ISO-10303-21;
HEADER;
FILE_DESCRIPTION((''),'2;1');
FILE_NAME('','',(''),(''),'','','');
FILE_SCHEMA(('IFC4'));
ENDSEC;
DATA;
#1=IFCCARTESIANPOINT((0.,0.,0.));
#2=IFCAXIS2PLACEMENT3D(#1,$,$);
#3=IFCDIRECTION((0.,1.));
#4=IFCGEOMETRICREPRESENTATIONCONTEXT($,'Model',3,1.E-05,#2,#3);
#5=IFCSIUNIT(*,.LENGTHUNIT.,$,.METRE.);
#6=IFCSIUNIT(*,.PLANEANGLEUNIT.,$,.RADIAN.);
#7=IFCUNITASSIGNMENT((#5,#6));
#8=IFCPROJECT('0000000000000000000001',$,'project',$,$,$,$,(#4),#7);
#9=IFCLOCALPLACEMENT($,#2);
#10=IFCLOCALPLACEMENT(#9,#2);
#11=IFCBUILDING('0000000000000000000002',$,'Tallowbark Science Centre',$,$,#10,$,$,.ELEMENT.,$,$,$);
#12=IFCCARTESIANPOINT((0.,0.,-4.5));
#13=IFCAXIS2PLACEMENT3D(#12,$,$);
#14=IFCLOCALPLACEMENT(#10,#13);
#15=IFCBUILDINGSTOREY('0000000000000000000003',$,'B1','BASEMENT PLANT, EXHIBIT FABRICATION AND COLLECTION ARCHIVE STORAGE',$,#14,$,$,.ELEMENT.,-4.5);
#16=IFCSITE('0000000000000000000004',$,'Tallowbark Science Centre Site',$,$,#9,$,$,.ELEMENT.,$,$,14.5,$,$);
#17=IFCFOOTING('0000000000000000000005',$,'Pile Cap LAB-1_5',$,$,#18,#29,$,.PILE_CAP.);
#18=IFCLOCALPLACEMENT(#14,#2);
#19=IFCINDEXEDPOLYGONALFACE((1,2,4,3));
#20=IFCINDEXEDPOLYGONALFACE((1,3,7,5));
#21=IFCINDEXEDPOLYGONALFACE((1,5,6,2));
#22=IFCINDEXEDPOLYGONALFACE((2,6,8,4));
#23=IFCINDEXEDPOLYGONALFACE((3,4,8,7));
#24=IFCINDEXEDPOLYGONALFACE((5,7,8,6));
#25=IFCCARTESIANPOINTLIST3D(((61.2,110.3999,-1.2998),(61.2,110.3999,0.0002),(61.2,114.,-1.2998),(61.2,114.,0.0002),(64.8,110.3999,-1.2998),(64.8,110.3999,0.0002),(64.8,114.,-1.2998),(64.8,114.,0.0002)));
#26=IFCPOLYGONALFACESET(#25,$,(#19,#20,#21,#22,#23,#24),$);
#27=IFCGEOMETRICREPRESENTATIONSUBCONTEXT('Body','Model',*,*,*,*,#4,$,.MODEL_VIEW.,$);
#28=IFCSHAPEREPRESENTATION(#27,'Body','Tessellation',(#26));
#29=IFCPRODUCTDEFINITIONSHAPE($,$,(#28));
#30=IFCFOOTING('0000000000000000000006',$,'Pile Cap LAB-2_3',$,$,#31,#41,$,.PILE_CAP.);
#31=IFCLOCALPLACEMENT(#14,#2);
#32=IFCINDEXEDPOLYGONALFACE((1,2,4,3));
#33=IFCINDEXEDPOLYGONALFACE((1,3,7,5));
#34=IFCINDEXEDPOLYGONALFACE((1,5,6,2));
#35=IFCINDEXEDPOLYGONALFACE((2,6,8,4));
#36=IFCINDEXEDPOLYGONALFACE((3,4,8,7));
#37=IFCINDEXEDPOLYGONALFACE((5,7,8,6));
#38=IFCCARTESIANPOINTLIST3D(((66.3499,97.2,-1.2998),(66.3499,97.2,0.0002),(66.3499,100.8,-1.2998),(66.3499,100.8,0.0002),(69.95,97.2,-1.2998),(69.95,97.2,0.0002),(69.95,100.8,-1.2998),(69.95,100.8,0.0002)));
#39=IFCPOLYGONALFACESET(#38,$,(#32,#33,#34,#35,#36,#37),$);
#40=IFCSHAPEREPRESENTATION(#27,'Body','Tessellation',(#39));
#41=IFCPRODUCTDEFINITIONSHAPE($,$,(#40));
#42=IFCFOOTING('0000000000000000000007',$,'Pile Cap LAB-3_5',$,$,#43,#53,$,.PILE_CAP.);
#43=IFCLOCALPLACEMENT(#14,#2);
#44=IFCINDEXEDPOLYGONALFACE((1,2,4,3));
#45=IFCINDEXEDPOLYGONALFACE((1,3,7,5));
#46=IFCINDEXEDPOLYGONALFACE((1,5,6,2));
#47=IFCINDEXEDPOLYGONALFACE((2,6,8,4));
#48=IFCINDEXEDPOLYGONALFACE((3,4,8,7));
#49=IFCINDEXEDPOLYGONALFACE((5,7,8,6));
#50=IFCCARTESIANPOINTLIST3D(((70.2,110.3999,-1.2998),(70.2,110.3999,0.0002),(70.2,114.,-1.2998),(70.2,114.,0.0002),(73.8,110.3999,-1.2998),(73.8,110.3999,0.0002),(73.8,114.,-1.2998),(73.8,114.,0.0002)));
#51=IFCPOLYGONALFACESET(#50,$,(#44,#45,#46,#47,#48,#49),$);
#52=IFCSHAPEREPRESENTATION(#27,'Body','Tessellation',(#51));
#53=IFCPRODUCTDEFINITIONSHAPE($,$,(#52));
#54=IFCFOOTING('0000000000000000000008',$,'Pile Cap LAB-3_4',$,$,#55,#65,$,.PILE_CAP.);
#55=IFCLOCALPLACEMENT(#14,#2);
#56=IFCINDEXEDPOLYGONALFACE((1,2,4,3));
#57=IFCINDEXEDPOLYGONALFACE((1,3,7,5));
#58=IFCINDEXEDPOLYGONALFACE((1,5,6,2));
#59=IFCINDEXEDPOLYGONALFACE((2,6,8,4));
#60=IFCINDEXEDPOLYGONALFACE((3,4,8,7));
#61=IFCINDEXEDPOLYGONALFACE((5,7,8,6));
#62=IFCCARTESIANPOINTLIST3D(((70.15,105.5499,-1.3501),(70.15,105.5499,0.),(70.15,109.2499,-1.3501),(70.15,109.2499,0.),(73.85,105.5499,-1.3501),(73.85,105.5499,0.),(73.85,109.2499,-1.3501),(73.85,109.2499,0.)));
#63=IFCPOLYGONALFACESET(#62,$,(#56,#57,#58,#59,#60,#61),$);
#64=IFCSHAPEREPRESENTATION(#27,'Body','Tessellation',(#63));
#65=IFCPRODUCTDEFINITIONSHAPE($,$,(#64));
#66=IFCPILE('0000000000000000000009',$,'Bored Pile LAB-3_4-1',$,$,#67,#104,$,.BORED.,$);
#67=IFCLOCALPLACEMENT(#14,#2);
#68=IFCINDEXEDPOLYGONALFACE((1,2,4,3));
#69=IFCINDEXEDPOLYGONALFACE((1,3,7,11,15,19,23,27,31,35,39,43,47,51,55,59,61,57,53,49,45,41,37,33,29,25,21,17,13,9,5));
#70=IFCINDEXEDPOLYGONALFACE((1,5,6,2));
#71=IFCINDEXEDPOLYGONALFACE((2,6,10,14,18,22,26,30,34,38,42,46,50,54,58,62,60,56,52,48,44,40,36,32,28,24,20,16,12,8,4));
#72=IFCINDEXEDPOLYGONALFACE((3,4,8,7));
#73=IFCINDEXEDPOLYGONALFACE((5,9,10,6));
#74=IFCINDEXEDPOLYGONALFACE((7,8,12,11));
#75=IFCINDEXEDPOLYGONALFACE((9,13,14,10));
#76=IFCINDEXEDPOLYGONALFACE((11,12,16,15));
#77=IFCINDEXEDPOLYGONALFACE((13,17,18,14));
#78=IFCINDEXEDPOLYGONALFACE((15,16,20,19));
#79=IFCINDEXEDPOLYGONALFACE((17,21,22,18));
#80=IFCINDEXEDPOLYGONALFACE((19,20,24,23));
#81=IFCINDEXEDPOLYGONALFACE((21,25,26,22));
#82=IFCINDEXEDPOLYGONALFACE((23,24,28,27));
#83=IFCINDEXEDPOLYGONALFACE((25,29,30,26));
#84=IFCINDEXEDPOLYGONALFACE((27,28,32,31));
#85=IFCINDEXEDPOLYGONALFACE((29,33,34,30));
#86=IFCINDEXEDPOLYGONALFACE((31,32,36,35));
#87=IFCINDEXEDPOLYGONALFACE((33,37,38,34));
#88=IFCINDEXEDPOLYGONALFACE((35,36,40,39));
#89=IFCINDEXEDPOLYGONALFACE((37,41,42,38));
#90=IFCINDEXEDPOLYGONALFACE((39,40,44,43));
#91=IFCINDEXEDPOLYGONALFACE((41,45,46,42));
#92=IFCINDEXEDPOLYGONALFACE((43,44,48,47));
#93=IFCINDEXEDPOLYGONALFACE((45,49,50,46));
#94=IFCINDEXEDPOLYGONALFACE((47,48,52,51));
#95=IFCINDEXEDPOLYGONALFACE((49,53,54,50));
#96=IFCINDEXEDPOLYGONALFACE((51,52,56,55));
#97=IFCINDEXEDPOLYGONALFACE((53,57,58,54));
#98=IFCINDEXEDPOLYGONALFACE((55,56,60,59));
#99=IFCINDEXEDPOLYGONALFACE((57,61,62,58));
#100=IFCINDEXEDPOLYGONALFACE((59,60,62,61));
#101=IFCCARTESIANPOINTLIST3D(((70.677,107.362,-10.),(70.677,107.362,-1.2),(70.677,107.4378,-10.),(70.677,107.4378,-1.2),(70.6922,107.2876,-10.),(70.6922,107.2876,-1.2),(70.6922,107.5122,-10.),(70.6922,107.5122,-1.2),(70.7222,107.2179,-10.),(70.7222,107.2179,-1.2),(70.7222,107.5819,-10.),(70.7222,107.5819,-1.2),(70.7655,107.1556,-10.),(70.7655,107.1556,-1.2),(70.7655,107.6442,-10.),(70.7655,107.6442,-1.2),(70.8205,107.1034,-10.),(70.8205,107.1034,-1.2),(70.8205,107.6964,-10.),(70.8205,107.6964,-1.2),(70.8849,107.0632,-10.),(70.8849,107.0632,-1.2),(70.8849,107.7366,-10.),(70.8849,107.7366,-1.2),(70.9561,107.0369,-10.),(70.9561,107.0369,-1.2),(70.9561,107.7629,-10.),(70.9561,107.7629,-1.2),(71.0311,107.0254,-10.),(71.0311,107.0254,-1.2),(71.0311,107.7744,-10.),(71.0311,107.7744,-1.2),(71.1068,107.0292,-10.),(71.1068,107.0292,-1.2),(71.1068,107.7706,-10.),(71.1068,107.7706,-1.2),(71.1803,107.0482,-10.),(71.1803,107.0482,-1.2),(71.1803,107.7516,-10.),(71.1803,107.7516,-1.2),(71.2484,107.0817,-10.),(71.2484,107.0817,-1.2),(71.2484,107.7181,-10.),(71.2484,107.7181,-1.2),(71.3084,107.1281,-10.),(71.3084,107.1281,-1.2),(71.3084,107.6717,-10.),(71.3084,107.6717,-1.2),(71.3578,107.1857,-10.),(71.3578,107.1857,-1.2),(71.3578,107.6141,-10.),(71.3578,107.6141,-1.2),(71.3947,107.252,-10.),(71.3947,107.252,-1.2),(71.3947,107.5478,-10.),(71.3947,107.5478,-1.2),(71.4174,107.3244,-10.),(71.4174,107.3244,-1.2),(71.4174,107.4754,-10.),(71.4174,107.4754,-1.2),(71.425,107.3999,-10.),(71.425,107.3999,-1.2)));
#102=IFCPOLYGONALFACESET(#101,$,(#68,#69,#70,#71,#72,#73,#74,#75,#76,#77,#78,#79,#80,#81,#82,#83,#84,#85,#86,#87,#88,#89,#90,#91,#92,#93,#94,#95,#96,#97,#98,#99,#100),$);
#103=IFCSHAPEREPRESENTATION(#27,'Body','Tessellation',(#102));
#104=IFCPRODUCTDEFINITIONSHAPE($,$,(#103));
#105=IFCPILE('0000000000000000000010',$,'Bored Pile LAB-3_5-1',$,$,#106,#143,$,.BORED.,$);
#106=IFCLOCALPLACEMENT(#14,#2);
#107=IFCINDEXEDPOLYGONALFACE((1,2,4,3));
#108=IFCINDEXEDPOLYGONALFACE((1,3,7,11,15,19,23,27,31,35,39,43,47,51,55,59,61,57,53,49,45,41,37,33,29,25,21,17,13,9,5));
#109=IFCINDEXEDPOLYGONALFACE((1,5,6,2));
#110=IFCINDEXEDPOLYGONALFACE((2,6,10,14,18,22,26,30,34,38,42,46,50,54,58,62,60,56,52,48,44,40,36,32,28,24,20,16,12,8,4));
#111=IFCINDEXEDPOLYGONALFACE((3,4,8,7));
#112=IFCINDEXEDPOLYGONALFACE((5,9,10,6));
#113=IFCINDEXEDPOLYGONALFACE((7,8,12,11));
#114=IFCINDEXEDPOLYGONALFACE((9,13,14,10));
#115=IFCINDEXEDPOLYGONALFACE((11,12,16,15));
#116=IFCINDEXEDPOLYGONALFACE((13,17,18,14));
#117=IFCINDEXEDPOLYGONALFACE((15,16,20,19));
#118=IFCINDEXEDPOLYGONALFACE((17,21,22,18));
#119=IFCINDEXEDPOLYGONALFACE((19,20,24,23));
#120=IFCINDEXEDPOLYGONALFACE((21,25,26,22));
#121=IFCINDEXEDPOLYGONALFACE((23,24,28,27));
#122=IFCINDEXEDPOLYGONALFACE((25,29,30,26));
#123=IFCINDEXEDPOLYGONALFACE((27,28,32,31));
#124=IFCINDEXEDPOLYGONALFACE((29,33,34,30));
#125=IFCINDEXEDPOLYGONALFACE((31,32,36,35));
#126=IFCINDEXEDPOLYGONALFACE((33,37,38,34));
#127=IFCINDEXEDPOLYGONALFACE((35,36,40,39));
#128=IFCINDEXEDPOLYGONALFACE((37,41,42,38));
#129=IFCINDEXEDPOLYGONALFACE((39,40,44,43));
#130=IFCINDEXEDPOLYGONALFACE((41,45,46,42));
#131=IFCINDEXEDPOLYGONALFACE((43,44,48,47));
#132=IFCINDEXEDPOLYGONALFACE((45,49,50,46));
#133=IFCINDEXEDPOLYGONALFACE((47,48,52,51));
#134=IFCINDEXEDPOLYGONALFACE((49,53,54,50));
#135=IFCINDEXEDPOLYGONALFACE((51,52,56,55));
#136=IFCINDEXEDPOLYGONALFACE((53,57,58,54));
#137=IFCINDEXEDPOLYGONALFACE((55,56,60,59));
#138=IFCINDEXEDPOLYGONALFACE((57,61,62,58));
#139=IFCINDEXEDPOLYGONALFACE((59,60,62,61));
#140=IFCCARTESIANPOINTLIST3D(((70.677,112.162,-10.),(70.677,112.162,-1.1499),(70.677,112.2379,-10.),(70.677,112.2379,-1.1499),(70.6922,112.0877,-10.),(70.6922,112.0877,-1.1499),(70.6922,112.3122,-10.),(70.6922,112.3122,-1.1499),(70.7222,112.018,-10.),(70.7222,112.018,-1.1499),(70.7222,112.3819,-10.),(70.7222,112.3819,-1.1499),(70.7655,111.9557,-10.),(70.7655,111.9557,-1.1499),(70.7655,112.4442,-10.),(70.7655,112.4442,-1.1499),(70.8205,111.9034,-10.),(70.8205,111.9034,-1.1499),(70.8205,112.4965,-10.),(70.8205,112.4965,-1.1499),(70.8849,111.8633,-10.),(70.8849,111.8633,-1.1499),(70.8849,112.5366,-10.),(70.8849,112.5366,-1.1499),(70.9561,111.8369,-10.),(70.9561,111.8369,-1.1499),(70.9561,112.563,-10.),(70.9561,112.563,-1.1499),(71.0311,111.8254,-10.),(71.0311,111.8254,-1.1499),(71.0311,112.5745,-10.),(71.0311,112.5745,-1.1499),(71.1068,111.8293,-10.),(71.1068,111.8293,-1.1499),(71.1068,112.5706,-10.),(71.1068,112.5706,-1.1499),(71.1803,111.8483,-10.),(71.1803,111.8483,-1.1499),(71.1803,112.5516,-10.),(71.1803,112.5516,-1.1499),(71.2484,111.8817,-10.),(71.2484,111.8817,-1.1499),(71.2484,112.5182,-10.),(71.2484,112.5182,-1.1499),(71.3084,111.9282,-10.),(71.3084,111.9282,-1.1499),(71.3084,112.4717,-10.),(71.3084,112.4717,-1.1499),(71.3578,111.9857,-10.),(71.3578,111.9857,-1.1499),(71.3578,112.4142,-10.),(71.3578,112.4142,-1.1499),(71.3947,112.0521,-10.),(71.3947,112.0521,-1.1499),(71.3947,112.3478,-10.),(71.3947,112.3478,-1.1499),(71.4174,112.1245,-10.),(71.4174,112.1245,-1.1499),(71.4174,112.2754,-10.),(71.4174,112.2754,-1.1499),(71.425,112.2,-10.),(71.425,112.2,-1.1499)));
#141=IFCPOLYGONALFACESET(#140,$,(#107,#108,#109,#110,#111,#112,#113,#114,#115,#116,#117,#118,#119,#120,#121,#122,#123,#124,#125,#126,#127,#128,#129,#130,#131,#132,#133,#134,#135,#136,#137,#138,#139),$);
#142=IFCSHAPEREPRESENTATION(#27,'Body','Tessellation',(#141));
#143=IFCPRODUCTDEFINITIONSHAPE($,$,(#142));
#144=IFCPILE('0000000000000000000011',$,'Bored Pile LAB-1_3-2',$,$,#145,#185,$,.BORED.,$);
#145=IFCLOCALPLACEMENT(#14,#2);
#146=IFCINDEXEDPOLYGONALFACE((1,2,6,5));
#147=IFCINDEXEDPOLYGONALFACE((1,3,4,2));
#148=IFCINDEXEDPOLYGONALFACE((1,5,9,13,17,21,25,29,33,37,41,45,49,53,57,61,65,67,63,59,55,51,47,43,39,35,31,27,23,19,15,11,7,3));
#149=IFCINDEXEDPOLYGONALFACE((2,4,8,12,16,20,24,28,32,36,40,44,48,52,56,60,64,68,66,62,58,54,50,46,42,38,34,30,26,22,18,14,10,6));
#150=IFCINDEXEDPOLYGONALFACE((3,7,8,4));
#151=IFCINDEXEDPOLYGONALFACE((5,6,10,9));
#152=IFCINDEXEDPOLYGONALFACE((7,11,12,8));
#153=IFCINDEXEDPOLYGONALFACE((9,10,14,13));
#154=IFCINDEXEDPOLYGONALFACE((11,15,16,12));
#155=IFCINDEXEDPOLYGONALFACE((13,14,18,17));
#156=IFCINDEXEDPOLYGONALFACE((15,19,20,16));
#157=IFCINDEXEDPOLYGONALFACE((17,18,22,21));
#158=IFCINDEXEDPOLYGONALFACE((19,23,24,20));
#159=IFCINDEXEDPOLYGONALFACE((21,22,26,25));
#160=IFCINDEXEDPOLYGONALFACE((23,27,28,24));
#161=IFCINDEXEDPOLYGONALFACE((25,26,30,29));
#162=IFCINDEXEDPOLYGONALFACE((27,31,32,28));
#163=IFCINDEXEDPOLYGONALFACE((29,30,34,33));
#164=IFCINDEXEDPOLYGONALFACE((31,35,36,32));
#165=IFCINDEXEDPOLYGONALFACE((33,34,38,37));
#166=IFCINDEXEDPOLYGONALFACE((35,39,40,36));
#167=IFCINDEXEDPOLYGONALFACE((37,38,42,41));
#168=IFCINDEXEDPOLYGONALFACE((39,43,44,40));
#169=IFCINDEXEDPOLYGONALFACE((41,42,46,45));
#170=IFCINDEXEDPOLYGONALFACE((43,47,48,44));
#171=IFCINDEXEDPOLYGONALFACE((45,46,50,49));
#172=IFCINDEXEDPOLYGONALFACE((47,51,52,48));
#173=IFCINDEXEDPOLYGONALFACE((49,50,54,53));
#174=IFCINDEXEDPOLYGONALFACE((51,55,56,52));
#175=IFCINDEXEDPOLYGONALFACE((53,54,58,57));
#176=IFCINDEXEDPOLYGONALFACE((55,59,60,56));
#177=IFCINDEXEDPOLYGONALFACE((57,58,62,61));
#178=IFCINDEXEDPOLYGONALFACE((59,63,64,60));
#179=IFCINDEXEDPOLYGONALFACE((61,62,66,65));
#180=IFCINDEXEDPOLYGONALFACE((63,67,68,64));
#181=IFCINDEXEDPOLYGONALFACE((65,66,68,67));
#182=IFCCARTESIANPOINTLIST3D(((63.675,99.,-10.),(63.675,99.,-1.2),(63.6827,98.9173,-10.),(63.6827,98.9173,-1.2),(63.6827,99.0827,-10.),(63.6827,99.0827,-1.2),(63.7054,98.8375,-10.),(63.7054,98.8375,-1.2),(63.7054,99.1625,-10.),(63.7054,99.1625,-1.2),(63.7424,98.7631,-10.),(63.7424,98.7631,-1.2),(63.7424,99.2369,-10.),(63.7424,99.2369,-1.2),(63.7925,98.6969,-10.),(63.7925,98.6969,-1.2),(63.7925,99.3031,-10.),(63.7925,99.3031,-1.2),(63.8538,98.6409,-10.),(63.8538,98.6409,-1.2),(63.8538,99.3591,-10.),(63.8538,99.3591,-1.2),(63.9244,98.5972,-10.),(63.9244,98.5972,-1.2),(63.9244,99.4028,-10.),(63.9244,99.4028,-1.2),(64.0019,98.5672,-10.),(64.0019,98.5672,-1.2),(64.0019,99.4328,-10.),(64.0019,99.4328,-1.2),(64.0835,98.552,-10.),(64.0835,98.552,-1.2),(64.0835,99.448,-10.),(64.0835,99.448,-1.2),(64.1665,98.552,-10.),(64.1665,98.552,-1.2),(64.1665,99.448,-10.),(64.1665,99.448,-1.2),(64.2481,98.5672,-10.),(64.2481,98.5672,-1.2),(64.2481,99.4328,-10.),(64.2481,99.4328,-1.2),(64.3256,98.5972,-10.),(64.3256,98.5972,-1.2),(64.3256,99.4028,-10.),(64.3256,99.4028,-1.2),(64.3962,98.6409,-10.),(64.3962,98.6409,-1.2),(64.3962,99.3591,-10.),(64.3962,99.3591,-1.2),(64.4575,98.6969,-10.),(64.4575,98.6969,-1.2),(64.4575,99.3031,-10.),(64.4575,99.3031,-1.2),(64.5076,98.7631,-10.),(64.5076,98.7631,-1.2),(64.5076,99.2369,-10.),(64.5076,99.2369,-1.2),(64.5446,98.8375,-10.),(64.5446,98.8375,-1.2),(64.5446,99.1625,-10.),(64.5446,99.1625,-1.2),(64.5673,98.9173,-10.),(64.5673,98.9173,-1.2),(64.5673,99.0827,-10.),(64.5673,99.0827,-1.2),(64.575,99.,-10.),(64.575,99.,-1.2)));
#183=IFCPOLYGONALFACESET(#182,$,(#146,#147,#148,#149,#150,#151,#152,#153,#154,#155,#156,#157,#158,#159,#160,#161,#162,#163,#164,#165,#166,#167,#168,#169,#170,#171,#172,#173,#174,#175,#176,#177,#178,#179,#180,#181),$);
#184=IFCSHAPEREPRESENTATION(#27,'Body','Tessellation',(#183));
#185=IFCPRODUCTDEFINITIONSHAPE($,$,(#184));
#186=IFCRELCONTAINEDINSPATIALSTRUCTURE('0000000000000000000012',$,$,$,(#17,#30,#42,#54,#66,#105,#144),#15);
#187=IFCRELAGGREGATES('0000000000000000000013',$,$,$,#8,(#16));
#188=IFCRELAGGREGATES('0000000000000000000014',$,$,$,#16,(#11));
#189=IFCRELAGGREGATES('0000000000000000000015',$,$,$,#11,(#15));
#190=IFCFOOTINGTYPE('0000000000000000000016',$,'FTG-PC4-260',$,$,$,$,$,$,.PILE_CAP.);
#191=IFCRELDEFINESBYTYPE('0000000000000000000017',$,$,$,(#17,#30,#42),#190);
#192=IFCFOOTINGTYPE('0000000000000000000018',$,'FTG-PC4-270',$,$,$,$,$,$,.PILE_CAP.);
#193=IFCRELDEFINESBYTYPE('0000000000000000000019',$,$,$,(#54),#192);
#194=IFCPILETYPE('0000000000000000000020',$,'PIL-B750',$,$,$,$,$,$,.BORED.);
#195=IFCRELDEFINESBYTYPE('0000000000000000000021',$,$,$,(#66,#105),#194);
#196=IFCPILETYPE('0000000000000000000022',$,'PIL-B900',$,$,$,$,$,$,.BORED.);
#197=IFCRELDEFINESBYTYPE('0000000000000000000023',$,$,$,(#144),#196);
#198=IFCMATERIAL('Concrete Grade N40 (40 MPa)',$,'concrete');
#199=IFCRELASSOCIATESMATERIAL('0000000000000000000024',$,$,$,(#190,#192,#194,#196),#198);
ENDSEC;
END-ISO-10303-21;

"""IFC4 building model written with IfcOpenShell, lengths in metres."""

from ifc_helpers import new_model, si_unit, direction, frame, origin, origin_2d, place, context, subcontext, project, spatial, rectangle, circle, extrude, material, material_profile, profile_set, type_object, element, save


model = new_model("IFC4")

# Units and contexts
model_context = context("Model", 3, precision=1e-05, world=origin(), true_north=direction((0.0, 1.0)))
body_context = subcontext(model_context, "Body", "Model", "MODEL_VIEW")
ifc_project = project(units=[si_unit("LENGTHUNIT", "METRE"), si_unit("PLANEANGLEUNIT", "RADIAN")], contexts=[model_context])

# Site, building, storey
site_placement = place(None, origin())
site = spatial("IfcSite", under=ifc_project, at=site_placement, Name="Tallowbark Science Centre Site", CompositionType="ELEMENT", RefElevation=14.5)
building_placement = place(site_placement, origin())
building = spatial("IfcBuilding", under=site, at=building_placement, Name="Tallowbark Science Centre", CompositionType="ELEMENT")
storey_placement = place(building_placement, frame((0.0, 0.0, -4.5)))
storey = spatial("IfcBuildingStorey", under=building, at=storey_placement, Name="B1", Description="BASEMENT PLANT, EXHIBIT FABRICATION AND COLLECTION ARCHIVE STORAGE", CompositionType="ELEMENT", Elevation=-4.5)

# Footings
ifc_material_1 = material(Name="Concrete Grade N40 (40 MPa)", Category="concrete")
footing_type_1 = type_object("IfcFootingType", Name="FTG-PC4-260", PredefinedType="PILE_CAP", material=ifc_material_1)
for number, where, z_axis, x_axis, name in (
    (1, (63.0, 112.2, -1.2998), (0.0, 0.0, 1.0), (1.0, 0.0, 0.0), "Pile Cap LAB-1_5"),
    (2, (68.1499, 99.0, -1.2998), (0.0, 0.0, 1.0), (1.0, 0.0, 0.0), "Pile Cap LAB-2_3"),
    (3, (72.0, 112.2, -1.2998), (0.0, 0.0, 1.0), (1.0, 0.0, 0.0), "Pile Cap LAB-3_5"),
):
    element("IfcFooting", number, at=place(storey_placement, frame(where, z_axis=z_axis, x_axis=x_axis)), inside=storey, type_object=footing_type_1, Name=name, PredefinedType="PILE_CAP", context=body_context, shape_type="SweptSolid", body=[
        extrude(rectangle(XDim=3.6001, YDim=3.6001, at=origin_2d()), origin(), (0.0, 0.0, 1.0), 1.3),
    ])
footing_type_2 = type_object("IfcFootingType", Name="FTG-PC4-270", PredefinedType="PILE_CAP", material=ifc_material_1)
footing_placement = place(storey_placement, frame((72.0, 107.3999, -1.3501), z_axis=(0.0, 0.0, 1.0), x_axis=(1.0, 0.0, 0.0)))
element("IfcFooting", 4, at=footing_placement, inside=storey, type_object=footing_type_2, Name="Pile Cap LAB-3_4", PredefinedType="PILE_CAP", context=body_context, shape_type="SweptSolid", body=[
    extrude(rectangle(XDim=3.7, YDim=3.7, at=origin_2d()), origin(), (0.0, 0.0, 1.0), 1.3501),
])

# Piles
ifc_material_profile_1 = material_profile(ifc_material_1, circle(Radius=0.375, at=origin_2d()), Name="PILE750")
ifc_profile_set_1 = profile_set([ifc_material_profile_1], Name="Concrete Grade N40 (40 MPa)")
pile_type_1 = type_object("IfcPileType", Name="PIL-B750", PredefinedType="BORED", material=ifc_profile_set_1)
pile_1_placement = place(storey_placement, frame((71.05, 107.3999, -1.2), z_axis=(0.0, 0.0, -1.0), x_axis=(1.0, 0.0, 0.0)))
element("IfcPile", 5, at=pile_1_placement, inside=storey, type_object=pile_type_1, Name="Bored Pile LAB-3_4-1", PredefinedType="BORED", context=body_context, shape_type="SweptSolid", body=[
    extrude(circle(Radius=0.375, at=origin_2d()), origin(), (0.0, 0.0, 1.0), 8.8),
])
pile_2_placement = place(storey_placement, frame((71.05, 112.2, -1.1499), z_axis=(0.0, 0.0, -1.0), x_axis=(1.0, 0.0, 0.0)))
element("IfcPile", 6, at=pile_2_placement, inside=storey, type_object=pile_type_1, Name="Bored Pile LAB-3_5-1", PredefinedType="BORED", context=body_context, shape_type="SweptSolid", body=[
    extrude(circle(Radius=0.375, at=origin_2d()), origin(), (0.0, 0.0, 1.0), 8.8501),
])
ifc_material_profile_2 = material_profile(ifc_material_1, circle(Radius=0.45, at=origin_2d()), Name="PILE900")
ifc_profile_set_2 = profile_set([ifc_material_profile_2], Name="Concrete Grade N40 (40 MPa)")
pile_type_2 = type_object("IfcPileType", Name="PIL-B900", PredefinedType="BORED", material=ifc_profile_set_2)
for number, where, z_axis, x_axis, name in (
    (7, (64.125, 99.0, -1.2), (0.0, 0.0, -1.0), (1.0, 0.0, 0.0), "Bored Pile LAB-1_3-2"),
):
    element("IfcPile", number, at=place(storey_placement, frame(where, z_axis=z_axis, x_axis=x_axis)), inside=storey, type_object=pile_type_2, Name=name, PredefinedType="BORED", context=body_context, shape_type="SweptSolid", body=[
        extrude(circle(Radius=0.45, at=origin_2d()), origin(), (0.0, 0.0, 1.0), 8.8),
    ])

save(model, "model.ifc")
